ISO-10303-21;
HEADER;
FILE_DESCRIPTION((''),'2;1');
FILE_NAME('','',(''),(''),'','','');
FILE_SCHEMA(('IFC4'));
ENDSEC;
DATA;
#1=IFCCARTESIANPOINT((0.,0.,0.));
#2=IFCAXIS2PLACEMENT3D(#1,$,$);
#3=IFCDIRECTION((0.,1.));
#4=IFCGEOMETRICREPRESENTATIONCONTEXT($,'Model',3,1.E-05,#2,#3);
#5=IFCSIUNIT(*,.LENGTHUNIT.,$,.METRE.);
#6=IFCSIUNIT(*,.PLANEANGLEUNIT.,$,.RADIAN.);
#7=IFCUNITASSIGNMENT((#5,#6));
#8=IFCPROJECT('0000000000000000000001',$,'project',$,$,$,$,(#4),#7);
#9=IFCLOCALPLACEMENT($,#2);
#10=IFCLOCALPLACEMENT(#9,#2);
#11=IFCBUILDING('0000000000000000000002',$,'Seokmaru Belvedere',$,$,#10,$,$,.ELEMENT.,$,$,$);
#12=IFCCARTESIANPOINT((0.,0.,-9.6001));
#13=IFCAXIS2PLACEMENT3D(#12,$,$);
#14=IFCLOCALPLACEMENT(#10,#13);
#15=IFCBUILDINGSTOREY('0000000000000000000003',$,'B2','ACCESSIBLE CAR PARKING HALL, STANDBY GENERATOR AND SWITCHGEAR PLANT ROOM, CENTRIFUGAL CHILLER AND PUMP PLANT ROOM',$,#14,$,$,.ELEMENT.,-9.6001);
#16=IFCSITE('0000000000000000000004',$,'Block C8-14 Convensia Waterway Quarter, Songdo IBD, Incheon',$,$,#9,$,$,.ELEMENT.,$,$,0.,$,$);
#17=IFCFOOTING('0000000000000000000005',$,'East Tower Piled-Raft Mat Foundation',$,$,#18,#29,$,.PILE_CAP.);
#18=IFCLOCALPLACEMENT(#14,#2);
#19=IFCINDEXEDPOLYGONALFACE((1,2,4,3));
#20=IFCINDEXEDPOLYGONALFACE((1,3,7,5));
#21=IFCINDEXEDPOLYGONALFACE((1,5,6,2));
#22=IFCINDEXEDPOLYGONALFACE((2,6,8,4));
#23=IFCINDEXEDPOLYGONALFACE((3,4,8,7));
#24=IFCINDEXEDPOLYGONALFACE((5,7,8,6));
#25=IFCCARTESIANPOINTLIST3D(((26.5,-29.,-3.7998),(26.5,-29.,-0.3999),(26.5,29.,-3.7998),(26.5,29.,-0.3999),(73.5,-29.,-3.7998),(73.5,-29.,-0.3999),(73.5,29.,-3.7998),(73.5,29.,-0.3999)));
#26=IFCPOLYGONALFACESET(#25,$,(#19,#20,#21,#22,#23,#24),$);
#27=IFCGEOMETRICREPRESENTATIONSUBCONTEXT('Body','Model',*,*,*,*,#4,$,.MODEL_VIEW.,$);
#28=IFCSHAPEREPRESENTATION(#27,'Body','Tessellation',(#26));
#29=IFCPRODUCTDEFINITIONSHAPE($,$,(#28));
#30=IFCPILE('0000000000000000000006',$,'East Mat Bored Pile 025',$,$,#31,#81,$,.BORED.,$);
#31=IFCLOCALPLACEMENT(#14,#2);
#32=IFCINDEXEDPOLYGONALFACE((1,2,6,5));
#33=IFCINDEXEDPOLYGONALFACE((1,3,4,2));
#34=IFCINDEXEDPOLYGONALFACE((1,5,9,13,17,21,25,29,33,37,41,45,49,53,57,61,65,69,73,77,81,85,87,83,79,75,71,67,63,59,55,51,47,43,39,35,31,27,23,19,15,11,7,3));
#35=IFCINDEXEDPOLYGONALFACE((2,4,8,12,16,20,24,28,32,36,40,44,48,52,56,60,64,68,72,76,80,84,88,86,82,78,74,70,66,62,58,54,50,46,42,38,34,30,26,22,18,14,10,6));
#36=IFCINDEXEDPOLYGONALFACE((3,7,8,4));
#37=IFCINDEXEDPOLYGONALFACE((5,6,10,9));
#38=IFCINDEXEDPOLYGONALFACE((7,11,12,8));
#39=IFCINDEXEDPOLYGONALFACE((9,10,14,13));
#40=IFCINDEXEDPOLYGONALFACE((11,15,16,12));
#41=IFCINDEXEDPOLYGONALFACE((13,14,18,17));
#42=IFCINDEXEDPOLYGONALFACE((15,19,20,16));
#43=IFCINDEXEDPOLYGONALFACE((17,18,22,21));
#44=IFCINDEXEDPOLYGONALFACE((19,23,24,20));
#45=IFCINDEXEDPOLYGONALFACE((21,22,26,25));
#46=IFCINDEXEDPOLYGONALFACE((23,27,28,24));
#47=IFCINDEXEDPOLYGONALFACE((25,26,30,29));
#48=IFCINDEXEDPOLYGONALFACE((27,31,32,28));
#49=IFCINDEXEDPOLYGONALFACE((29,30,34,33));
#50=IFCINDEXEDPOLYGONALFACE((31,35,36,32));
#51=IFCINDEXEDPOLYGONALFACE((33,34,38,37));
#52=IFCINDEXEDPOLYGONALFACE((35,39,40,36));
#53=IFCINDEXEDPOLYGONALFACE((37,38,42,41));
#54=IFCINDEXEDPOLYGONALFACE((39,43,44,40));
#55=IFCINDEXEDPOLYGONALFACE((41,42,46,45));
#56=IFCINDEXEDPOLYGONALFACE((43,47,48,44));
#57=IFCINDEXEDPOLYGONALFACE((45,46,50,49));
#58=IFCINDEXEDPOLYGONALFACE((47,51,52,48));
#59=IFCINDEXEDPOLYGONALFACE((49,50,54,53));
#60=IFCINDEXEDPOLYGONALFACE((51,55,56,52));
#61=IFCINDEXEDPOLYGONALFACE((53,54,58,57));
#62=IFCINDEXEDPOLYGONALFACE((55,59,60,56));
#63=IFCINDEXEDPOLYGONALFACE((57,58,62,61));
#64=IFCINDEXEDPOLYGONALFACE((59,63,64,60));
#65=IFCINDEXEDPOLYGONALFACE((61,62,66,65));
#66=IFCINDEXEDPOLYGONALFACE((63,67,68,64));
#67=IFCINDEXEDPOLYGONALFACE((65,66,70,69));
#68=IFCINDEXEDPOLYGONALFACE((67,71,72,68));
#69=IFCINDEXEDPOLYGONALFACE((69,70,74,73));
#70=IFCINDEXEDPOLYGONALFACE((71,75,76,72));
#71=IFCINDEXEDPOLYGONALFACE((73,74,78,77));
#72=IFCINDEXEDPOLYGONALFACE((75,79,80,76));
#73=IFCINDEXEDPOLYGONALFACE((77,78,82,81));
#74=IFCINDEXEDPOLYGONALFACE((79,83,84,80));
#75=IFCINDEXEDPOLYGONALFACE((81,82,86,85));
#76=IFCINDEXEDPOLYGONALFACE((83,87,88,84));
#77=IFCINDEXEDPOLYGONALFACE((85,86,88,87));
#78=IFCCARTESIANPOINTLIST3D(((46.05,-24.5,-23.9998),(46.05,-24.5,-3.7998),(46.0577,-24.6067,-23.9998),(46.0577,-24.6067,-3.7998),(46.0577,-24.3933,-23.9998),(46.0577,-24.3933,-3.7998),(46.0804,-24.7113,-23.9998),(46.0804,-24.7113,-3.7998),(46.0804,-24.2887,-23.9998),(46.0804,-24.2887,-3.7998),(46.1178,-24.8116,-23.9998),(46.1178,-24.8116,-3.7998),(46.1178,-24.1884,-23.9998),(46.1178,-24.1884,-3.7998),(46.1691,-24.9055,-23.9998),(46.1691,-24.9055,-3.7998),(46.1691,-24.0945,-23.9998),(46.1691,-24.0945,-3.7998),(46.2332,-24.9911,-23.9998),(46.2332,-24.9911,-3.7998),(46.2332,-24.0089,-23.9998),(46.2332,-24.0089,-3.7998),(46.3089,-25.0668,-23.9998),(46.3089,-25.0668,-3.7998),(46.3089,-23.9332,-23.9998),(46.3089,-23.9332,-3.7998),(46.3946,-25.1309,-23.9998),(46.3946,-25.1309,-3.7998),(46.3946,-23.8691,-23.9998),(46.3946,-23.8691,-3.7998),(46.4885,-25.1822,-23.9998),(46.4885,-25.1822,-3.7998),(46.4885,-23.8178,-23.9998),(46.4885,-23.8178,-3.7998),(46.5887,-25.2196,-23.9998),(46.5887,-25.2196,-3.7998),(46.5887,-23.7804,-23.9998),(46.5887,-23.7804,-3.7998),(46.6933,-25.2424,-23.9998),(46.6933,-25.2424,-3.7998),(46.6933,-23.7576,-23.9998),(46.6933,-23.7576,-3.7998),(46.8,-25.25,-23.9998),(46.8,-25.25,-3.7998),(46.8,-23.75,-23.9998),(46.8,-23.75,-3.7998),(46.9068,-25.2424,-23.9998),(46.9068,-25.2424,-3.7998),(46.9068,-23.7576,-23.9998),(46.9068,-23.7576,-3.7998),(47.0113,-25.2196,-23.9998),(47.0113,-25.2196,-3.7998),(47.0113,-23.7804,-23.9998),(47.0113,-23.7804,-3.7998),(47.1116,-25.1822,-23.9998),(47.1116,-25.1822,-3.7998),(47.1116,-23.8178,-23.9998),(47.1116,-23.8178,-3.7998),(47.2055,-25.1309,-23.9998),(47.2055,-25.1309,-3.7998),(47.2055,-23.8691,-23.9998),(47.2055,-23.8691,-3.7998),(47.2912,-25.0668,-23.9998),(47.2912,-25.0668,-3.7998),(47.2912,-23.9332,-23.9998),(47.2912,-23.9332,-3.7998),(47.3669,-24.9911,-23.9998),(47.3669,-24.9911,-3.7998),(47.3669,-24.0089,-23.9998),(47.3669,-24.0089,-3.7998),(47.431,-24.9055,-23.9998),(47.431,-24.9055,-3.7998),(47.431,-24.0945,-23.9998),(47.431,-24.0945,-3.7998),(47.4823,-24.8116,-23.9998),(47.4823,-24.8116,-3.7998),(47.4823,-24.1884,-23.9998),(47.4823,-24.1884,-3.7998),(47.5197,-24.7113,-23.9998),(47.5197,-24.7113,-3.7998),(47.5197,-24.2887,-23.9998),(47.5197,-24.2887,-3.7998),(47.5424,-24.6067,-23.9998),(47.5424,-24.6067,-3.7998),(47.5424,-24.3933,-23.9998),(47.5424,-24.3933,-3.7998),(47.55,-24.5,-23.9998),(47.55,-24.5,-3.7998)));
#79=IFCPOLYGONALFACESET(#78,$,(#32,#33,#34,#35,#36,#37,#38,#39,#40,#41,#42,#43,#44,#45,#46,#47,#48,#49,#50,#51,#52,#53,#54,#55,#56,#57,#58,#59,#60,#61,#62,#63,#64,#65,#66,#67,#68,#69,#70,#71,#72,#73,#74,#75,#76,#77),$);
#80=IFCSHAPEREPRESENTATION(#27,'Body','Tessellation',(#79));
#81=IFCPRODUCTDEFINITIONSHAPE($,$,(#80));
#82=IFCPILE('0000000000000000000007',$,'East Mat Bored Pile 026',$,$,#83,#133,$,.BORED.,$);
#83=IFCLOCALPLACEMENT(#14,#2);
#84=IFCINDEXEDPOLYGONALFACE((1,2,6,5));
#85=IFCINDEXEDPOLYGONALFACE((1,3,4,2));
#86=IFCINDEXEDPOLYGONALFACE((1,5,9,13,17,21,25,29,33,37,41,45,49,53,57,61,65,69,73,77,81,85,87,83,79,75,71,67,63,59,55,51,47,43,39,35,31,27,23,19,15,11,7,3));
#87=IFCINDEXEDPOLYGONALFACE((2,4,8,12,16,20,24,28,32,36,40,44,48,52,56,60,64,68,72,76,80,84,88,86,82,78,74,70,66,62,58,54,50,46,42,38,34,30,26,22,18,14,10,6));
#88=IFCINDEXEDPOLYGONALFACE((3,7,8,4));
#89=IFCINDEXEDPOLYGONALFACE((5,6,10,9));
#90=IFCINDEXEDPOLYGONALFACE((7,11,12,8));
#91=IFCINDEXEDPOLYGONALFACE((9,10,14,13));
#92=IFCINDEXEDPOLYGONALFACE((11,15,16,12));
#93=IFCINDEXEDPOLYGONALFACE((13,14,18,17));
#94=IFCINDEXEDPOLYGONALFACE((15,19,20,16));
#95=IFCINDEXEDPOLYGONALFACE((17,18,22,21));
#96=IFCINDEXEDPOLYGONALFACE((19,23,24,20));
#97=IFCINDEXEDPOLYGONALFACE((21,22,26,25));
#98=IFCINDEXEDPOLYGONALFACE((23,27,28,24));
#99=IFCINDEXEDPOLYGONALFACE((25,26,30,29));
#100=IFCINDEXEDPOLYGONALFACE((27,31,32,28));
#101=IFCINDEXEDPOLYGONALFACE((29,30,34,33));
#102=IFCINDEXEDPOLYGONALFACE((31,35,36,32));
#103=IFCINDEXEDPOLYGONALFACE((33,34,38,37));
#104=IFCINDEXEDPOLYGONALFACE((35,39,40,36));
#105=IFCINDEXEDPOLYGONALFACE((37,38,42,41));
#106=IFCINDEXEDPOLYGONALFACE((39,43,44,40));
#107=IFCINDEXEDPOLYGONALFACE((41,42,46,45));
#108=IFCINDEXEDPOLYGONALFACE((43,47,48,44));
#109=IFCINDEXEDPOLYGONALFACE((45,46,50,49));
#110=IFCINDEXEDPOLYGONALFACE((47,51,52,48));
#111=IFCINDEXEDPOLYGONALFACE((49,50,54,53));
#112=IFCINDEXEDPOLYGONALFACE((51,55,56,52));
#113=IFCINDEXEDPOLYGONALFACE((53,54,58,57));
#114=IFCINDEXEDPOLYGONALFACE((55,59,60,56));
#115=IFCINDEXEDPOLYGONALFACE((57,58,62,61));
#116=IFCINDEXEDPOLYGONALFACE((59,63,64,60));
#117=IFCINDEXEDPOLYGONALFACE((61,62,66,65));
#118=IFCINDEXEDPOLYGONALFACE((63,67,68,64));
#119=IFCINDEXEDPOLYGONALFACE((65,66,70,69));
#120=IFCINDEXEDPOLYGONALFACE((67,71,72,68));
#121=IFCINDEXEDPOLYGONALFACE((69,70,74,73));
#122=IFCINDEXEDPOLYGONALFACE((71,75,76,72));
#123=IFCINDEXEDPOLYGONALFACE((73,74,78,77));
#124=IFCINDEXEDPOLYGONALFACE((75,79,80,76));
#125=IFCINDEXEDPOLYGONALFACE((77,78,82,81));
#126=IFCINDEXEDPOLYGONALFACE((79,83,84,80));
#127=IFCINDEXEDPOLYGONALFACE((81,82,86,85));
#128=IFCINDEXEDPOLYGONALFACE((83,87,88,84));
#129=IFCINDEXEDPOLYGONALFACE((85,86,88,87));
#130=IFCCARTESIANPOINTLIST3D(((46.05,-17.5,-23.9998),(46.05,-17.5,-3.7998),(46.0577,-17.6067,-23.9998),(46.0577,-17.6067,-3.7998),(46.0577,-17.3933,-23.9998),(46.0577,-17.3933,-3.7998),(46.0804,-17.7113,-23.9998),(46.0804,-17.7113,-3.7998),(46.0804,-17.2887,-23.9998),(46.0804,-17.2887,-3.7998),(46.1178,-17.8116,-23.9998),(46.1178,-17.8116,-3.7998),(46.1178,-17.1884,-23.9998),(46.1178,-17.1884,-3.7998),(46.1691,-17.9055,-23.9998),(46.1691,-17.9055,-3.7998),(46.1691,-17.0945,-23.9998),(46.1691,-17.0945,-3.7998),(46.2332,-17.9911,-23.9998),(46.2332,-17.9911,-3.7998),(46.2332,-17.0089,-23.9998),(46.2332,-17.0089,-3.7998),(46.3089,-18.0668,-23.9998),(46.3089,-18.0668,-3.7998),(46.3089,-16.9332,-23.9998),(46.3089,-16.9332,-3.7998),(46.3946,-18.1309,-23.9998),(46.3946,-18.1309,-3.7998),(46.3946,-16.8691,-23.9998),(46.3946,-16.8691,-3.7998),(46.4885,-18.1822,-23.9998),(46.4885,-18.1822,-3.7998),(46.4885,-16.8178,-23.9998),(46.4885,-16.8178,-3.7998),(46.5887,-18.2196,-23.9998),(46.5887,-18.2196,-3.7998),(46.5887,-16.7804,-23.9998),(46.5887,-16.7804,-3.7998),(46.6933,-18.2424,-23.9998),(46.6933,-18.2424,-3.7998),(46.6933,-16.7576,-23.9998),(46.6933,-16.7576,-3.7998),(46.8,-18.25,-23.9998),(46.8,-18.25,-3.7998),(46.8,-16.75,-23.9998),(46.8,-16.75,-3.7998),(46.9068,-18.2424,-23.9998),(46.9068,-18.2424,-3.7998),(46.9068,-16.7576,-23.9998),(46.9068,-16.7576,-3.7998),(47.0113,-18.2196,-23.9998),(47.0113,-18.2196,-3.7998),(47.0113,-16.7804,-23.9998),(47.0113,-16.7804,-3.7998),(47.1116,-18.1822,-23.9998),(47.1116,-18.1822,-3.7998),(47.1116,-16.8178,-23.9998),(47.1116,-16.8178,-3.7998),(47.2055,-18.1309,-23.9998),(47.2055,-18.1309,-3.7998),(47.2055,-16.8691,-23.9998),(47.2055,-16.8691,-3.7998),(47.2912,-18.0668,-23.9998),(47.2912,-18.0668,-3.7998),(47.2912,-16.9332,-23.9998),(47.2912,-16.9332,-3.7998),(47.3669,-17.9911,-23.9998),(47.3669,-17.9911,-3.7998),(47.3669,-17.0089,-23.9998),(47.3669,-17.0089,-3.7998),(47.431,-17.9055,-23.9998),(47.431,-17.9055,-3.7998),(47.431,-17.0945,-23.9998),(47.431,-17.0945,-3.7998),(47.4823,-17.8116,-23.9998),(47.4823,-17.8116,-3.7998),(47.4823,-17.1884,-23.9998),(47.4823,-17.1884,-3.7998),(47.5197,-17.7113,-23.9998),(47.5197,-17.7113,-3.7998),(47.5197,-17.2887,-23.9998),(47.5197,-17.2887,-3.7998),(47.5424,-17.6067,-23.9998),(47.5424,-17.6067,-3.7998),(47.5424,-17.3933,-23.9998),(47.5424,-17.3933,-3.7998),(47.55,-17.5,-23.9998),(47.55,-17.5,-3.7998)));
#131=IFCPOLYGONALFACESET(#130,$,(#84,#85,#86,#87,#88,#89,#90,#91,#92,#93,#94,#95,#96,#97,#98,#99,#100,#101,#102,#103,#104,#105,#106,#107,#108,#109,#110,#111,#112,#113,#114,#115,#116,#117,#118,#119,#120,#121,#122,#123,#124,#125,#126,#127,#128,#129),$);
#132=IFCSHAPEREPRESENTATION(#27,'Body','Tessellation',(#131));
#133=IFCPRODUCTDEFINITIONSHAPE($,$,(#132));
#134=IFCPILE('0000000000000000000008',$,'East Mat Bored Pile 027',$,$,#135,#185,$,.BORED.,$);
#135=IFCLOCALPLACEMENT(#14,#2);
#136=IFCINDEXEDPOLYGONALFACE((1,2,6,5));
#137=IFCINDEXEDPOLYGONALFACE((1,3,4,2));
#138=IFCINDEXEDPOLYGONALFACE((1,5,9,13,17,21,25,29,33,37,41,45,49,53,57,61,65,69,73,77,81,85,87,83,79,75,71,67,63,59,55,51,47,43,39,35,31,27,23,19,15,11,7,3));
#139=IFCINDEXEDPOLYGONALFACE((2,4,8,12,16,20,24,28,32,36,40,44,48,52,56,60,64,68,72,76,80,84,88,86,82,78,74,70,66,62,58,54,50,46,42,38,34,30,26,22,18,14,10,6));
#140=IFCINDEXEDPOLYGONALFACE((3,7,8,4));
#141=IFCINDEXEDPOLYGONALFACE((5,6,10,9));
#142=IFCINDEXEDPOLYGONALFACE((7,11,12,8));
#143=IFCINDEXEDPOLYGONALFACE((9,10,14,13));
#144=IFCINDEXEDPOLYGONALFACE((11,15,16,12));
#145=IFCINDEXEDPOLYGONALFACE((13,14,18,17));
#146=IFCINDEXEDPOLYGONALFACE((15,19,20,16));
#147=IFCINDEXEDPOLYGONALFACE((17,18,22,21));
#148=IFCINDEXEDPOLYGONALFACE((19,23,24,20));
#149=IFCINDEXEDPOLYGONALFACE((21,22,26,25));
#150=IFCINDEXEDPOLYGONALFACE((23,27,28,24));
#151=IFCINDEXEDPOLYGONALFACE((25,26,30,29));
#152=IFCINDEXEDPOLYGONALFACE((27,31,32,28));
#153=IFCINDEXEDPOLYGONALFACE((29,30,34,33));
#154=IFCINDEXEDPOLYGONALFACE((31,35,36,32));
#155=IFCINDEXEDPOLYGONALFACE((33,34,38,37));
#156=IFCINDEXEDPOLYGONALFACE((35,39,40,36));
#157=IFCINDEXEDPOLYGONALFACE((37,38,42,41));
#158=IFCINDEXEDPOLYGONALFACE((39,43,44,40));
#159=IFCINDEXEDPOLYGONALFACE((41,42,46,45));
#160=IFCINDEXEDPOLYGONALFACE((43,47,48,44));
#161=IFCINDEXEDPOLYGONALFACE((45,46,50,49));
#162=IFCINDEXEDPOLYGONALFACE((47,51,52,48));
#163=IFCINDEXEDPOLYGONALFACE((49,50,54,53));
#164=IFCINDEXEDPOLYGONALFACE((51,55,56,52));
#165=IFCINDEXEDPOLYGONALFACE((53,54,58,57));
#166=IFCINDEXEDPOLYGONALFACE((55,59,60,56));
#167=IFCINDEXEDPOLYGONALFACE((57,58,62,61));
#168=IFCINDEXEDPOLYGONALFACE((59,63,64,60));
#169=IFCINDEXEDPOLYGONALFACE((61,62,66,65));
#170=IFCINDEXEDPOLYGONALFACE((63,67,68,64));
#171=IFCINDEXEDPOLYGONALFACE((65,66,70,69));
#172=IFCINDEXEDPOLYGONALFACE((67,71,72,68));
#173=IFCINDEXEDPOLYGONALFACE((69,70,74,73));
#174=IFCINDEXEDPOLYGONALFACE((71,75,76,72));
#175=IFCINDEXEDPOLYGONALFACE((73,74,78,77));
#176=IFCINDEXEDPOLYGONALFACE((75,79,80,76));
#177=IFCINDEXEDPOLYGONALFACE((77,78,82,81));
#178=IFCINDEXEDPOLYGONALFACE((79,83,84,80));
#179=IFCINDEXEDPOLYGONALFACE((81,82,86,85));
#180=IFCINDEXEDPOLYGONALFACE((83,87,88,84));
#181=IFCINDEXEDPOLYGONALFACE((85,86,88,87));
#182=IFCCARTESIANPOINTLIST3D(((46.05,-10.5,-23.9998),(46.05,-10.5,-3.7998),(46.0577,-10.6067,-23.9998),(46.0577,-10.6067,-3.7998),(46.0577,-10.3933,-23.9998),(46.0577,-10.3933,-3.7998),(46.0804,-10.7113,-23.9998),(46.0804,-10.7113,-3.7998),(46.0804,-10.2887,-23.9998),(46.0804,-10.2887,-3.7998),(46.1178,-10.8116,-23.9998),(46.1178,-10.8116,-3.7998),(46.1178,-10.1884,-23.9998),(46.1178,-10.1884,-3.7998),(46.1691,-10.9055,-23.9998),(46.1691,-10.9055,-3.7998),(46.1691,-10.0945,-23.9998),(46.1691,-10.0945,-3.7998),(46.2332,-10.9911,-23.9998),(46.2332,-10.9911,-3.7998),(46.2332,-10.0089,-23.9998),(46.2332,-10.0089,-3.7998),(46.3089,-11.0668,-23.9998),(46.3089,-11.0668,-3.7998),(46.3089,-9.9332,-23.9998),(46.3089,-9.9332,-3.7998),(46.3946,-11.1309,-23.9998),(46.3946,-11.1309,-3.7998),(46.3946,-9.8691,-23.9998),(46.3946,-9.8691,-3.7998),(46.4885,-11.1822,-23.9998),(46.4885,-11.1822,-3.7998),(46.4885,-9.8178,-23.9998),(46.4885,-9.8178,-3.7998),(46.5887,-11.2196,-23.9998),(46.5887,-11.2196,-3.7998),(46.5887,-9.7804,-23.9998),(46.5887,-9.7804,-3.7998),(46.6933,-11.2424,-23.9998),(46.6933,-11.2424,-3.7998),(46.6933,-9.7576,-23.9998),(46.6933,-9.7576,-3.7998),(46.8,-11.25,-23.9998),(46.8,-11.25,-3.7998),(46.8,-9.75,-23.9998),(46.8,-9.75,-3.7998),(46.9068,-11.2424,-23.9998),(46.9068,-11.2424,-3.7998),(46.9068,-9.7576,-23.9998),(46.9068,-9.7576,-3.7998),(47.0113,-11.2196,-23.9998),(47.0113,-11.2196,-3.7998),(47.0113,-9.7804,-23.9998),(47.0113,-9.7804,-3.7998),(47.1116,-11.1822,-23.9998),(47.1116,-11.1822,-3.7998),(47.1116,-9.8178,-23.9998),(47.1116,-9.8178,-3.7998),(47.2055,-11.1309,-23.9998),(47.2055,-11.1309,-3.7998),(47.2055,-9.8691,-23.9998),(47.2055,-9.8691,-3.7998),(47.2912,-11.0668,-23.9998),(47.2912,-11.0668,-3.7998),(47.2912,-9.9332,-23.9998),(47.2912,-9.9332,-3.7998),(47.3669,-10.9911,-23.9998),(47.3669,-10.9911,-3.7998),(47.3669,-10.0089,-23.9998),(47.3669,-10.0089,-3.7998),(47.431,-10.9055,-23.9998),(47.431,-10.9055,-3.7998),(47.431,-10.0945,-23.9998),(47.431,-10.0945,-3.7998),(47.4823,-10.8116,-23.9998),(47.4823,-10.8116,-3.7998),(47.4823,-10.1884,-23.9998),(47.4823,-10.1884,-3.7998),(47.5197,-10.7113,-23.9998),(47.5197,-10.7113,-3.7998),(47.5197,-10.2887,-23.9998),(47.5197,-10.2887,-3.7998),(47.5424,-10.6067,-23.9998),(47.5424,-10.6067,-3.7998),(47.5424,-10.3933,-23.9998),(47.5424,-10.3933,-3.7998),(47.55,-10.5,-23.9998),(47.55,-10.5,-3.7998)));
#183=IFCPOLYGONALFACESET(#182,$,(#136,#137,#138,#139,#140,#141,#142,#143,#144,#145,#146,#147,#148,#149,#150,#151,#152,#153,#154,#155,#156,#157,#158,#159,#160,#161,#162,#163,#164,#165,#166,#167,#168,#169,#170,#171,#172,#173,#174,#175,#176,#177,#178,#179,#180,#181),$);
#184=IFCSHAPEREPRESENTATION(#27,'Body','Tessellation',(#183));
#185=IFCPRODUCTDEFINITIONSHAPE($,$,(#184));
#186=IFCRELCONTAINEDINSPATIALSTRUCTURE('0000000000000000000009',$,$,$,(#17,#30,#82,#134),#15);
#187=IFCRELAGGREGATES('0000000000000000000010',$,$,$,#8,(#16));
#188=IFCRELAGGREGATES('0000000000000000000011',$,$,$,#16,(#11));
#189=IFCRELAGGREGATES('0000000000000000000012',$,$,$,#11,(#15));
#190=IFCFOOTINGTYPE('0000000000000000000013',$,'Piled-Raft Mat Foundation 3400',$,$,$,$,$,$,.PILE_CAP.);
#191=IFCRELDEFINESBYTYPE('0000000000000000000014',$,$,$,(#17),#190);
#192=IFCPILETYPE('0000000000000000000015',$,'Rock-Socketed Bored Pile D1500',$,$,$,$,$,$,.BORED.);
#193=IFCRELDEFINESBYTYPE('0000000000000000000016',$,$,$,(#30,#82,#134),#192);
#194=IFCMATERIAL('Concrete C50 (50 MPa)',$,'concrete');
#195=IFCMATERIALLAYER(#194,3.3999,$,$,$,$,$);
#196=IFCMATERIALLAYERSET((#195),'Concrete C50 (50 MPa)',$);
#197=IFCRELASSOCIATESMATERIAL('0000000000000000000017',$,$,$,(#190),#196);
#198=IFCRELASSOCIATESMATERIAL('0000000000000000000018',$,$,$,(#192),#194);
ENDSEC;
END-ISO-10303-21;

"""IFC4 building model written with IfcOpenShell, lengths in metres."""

from ifc_helpers import new_model, si_unit, direction, frame, origin, origin_2d, place, context, subcontext, project, spatial, rectangle, circle, extrude, source, transform, mapped, material, layer, layer_set, material_profile, profile_set, type_object, type_shapes, element, save


model = new_model("IFC4")

# Units and contexts
model_context = context("Model", 3, precision=1e-05, world=origin(), true_north=direction((0.0, 1.0)))
body_context = subcontext(model_context, "Body", "Model", "MODEL_VIEW")
ifc_project = project(units=[si_unit("LENGTHUNIT", "METRE"), si_unit("PLANEANGLEUNIT", "RADIAN")], contexts=[model_context])

# Site, building, storey
site_placement = place(None, origin())
site = spatial("IfcSite", under=ifc_project, at=site_placement, Name="Block C8-14 Convensia Waterway Quarter, Songdo IBD, Incheon", CompositionType="ELEMENT", RefElevation=0.0)
building_placement = place(site_placement, origin())
building = spatial("IfcBuilding", under=site, at=building_placement, Name="Seokmaru Belvedere", CompositionType="ELEMENT")
storey_placement = place(building_placement, frame((0.0, 0.0, -9.6001)))
storey = spatial("IfcBuildingStorey", under=building, at=storey_placement, Name="B2", Description="ACCESSIBLE CAR PARKING HALL, STANDBY GENERATOR AND SWITCHGEAR PLANT ROOM, CENTRIFUGAL CHILLER AND PUMP PLANT ROOM", CompositionType="ELEMENT", Elevation=-9.6001)

# Footing
ifc_material_1 = material(Name="Concrete C50 (50 MPa)", Category="concrete")
ifc_layer_1 = layer(ifc_material_1, 3.3999)
ifc_layer_set_1 = layer_set([ifc_layer_1], Name="Concrete C50 (50 MPa)")
footing_type_1 = type_object("IfcFootingType", Name="Piled-Raft Mat Foundation 3400", PredefinedType="PILE_CAP", material=ifc_layer_set_1)
shared_shape_1 = source(origin(), body_context, "Body", "SweptSolid", [
    extrude(rectangle(XDim=47.0, YDim=58.0, at=origin_2d()), origin(), (0.0, 0.0, 1.0), 3.3999),
])
type_shapes(footing_type_1, [shared_shape_1])
footing_placement = place(storey_placement, frame((50.0, 0.0, -3.7998), z_axis=(0.0, 0.0, 1.0), x_axis=(1.0, 0.0, 0.0)))
element("IfcFooting", 1, at=footing_placement, inside=storey, type_object=footing_type_1, Name="East Tower Piled-Raft Mat Foundation", PredefinedType="PILE_CAP", context=body_context, shape_type="MappedRepresentation", body=[
    mapped(shared_shape_1, transform((0.0, 0.0, 0.0), scale=1.0)),
])

# Piles
ifc_material_profile_1 = material_profile(ifc_material_1, circle(Radius=0.75, at=origin_2d()), Name="PILE-D1500")
ifc_profile_set_1 = profile_set([ifc_material_profile_1], Name="Concrete C50 (50 MPa)")
pile_type_1 = type_object("IfcPileType", Name="Rock-Socketed Bored Pile D1500", PredefinedType="BORED", material=ifc_profile_set_1)
shared_shape_2 = source(origin(), body_context, "Body", "SweptSolid", [
    extrude(circle(Radius=0.75, at=origin_2d()), origin(), (0.0, 0.0, 1.0), 20.2),
])
type_shapes(pile_type_1, [shared_shape_2])
for number, where, z_axis, x_axis, name in (
    (2, (46.8, -24.5, -3.7998), (0.0, 0.0, -1.0), (1.0, 0.0, 0.0), "East Mat Bored Pile 025"),
    (3, (46.8, -17.5, -3.7998), (0.0, 0.0, -1.0), (1.0, 0.0, 0.0), "East Mat Bored Pile 026"),
    (4, (46.8, -10.5, -3.7998), (0.0, 0.0, -1.0), (1.0, 0.0, 0.0), "East Mat Bored Pile 027"),
):
    element("IfcPile", number, at=place(storey_placement, frame(where, z_axis=z_axis, x_axis=x_axis)), inside=storey, type_object=pile_type_1, Name=name, PredefinedType="BORED", context=body_context, shape_type="MappedRepresentation", body=[
        mapped(shared_shape_2, transform((0.0, 0.0, 0.0), scale=1.0)),
    ])

save(model, "model.ifc")
